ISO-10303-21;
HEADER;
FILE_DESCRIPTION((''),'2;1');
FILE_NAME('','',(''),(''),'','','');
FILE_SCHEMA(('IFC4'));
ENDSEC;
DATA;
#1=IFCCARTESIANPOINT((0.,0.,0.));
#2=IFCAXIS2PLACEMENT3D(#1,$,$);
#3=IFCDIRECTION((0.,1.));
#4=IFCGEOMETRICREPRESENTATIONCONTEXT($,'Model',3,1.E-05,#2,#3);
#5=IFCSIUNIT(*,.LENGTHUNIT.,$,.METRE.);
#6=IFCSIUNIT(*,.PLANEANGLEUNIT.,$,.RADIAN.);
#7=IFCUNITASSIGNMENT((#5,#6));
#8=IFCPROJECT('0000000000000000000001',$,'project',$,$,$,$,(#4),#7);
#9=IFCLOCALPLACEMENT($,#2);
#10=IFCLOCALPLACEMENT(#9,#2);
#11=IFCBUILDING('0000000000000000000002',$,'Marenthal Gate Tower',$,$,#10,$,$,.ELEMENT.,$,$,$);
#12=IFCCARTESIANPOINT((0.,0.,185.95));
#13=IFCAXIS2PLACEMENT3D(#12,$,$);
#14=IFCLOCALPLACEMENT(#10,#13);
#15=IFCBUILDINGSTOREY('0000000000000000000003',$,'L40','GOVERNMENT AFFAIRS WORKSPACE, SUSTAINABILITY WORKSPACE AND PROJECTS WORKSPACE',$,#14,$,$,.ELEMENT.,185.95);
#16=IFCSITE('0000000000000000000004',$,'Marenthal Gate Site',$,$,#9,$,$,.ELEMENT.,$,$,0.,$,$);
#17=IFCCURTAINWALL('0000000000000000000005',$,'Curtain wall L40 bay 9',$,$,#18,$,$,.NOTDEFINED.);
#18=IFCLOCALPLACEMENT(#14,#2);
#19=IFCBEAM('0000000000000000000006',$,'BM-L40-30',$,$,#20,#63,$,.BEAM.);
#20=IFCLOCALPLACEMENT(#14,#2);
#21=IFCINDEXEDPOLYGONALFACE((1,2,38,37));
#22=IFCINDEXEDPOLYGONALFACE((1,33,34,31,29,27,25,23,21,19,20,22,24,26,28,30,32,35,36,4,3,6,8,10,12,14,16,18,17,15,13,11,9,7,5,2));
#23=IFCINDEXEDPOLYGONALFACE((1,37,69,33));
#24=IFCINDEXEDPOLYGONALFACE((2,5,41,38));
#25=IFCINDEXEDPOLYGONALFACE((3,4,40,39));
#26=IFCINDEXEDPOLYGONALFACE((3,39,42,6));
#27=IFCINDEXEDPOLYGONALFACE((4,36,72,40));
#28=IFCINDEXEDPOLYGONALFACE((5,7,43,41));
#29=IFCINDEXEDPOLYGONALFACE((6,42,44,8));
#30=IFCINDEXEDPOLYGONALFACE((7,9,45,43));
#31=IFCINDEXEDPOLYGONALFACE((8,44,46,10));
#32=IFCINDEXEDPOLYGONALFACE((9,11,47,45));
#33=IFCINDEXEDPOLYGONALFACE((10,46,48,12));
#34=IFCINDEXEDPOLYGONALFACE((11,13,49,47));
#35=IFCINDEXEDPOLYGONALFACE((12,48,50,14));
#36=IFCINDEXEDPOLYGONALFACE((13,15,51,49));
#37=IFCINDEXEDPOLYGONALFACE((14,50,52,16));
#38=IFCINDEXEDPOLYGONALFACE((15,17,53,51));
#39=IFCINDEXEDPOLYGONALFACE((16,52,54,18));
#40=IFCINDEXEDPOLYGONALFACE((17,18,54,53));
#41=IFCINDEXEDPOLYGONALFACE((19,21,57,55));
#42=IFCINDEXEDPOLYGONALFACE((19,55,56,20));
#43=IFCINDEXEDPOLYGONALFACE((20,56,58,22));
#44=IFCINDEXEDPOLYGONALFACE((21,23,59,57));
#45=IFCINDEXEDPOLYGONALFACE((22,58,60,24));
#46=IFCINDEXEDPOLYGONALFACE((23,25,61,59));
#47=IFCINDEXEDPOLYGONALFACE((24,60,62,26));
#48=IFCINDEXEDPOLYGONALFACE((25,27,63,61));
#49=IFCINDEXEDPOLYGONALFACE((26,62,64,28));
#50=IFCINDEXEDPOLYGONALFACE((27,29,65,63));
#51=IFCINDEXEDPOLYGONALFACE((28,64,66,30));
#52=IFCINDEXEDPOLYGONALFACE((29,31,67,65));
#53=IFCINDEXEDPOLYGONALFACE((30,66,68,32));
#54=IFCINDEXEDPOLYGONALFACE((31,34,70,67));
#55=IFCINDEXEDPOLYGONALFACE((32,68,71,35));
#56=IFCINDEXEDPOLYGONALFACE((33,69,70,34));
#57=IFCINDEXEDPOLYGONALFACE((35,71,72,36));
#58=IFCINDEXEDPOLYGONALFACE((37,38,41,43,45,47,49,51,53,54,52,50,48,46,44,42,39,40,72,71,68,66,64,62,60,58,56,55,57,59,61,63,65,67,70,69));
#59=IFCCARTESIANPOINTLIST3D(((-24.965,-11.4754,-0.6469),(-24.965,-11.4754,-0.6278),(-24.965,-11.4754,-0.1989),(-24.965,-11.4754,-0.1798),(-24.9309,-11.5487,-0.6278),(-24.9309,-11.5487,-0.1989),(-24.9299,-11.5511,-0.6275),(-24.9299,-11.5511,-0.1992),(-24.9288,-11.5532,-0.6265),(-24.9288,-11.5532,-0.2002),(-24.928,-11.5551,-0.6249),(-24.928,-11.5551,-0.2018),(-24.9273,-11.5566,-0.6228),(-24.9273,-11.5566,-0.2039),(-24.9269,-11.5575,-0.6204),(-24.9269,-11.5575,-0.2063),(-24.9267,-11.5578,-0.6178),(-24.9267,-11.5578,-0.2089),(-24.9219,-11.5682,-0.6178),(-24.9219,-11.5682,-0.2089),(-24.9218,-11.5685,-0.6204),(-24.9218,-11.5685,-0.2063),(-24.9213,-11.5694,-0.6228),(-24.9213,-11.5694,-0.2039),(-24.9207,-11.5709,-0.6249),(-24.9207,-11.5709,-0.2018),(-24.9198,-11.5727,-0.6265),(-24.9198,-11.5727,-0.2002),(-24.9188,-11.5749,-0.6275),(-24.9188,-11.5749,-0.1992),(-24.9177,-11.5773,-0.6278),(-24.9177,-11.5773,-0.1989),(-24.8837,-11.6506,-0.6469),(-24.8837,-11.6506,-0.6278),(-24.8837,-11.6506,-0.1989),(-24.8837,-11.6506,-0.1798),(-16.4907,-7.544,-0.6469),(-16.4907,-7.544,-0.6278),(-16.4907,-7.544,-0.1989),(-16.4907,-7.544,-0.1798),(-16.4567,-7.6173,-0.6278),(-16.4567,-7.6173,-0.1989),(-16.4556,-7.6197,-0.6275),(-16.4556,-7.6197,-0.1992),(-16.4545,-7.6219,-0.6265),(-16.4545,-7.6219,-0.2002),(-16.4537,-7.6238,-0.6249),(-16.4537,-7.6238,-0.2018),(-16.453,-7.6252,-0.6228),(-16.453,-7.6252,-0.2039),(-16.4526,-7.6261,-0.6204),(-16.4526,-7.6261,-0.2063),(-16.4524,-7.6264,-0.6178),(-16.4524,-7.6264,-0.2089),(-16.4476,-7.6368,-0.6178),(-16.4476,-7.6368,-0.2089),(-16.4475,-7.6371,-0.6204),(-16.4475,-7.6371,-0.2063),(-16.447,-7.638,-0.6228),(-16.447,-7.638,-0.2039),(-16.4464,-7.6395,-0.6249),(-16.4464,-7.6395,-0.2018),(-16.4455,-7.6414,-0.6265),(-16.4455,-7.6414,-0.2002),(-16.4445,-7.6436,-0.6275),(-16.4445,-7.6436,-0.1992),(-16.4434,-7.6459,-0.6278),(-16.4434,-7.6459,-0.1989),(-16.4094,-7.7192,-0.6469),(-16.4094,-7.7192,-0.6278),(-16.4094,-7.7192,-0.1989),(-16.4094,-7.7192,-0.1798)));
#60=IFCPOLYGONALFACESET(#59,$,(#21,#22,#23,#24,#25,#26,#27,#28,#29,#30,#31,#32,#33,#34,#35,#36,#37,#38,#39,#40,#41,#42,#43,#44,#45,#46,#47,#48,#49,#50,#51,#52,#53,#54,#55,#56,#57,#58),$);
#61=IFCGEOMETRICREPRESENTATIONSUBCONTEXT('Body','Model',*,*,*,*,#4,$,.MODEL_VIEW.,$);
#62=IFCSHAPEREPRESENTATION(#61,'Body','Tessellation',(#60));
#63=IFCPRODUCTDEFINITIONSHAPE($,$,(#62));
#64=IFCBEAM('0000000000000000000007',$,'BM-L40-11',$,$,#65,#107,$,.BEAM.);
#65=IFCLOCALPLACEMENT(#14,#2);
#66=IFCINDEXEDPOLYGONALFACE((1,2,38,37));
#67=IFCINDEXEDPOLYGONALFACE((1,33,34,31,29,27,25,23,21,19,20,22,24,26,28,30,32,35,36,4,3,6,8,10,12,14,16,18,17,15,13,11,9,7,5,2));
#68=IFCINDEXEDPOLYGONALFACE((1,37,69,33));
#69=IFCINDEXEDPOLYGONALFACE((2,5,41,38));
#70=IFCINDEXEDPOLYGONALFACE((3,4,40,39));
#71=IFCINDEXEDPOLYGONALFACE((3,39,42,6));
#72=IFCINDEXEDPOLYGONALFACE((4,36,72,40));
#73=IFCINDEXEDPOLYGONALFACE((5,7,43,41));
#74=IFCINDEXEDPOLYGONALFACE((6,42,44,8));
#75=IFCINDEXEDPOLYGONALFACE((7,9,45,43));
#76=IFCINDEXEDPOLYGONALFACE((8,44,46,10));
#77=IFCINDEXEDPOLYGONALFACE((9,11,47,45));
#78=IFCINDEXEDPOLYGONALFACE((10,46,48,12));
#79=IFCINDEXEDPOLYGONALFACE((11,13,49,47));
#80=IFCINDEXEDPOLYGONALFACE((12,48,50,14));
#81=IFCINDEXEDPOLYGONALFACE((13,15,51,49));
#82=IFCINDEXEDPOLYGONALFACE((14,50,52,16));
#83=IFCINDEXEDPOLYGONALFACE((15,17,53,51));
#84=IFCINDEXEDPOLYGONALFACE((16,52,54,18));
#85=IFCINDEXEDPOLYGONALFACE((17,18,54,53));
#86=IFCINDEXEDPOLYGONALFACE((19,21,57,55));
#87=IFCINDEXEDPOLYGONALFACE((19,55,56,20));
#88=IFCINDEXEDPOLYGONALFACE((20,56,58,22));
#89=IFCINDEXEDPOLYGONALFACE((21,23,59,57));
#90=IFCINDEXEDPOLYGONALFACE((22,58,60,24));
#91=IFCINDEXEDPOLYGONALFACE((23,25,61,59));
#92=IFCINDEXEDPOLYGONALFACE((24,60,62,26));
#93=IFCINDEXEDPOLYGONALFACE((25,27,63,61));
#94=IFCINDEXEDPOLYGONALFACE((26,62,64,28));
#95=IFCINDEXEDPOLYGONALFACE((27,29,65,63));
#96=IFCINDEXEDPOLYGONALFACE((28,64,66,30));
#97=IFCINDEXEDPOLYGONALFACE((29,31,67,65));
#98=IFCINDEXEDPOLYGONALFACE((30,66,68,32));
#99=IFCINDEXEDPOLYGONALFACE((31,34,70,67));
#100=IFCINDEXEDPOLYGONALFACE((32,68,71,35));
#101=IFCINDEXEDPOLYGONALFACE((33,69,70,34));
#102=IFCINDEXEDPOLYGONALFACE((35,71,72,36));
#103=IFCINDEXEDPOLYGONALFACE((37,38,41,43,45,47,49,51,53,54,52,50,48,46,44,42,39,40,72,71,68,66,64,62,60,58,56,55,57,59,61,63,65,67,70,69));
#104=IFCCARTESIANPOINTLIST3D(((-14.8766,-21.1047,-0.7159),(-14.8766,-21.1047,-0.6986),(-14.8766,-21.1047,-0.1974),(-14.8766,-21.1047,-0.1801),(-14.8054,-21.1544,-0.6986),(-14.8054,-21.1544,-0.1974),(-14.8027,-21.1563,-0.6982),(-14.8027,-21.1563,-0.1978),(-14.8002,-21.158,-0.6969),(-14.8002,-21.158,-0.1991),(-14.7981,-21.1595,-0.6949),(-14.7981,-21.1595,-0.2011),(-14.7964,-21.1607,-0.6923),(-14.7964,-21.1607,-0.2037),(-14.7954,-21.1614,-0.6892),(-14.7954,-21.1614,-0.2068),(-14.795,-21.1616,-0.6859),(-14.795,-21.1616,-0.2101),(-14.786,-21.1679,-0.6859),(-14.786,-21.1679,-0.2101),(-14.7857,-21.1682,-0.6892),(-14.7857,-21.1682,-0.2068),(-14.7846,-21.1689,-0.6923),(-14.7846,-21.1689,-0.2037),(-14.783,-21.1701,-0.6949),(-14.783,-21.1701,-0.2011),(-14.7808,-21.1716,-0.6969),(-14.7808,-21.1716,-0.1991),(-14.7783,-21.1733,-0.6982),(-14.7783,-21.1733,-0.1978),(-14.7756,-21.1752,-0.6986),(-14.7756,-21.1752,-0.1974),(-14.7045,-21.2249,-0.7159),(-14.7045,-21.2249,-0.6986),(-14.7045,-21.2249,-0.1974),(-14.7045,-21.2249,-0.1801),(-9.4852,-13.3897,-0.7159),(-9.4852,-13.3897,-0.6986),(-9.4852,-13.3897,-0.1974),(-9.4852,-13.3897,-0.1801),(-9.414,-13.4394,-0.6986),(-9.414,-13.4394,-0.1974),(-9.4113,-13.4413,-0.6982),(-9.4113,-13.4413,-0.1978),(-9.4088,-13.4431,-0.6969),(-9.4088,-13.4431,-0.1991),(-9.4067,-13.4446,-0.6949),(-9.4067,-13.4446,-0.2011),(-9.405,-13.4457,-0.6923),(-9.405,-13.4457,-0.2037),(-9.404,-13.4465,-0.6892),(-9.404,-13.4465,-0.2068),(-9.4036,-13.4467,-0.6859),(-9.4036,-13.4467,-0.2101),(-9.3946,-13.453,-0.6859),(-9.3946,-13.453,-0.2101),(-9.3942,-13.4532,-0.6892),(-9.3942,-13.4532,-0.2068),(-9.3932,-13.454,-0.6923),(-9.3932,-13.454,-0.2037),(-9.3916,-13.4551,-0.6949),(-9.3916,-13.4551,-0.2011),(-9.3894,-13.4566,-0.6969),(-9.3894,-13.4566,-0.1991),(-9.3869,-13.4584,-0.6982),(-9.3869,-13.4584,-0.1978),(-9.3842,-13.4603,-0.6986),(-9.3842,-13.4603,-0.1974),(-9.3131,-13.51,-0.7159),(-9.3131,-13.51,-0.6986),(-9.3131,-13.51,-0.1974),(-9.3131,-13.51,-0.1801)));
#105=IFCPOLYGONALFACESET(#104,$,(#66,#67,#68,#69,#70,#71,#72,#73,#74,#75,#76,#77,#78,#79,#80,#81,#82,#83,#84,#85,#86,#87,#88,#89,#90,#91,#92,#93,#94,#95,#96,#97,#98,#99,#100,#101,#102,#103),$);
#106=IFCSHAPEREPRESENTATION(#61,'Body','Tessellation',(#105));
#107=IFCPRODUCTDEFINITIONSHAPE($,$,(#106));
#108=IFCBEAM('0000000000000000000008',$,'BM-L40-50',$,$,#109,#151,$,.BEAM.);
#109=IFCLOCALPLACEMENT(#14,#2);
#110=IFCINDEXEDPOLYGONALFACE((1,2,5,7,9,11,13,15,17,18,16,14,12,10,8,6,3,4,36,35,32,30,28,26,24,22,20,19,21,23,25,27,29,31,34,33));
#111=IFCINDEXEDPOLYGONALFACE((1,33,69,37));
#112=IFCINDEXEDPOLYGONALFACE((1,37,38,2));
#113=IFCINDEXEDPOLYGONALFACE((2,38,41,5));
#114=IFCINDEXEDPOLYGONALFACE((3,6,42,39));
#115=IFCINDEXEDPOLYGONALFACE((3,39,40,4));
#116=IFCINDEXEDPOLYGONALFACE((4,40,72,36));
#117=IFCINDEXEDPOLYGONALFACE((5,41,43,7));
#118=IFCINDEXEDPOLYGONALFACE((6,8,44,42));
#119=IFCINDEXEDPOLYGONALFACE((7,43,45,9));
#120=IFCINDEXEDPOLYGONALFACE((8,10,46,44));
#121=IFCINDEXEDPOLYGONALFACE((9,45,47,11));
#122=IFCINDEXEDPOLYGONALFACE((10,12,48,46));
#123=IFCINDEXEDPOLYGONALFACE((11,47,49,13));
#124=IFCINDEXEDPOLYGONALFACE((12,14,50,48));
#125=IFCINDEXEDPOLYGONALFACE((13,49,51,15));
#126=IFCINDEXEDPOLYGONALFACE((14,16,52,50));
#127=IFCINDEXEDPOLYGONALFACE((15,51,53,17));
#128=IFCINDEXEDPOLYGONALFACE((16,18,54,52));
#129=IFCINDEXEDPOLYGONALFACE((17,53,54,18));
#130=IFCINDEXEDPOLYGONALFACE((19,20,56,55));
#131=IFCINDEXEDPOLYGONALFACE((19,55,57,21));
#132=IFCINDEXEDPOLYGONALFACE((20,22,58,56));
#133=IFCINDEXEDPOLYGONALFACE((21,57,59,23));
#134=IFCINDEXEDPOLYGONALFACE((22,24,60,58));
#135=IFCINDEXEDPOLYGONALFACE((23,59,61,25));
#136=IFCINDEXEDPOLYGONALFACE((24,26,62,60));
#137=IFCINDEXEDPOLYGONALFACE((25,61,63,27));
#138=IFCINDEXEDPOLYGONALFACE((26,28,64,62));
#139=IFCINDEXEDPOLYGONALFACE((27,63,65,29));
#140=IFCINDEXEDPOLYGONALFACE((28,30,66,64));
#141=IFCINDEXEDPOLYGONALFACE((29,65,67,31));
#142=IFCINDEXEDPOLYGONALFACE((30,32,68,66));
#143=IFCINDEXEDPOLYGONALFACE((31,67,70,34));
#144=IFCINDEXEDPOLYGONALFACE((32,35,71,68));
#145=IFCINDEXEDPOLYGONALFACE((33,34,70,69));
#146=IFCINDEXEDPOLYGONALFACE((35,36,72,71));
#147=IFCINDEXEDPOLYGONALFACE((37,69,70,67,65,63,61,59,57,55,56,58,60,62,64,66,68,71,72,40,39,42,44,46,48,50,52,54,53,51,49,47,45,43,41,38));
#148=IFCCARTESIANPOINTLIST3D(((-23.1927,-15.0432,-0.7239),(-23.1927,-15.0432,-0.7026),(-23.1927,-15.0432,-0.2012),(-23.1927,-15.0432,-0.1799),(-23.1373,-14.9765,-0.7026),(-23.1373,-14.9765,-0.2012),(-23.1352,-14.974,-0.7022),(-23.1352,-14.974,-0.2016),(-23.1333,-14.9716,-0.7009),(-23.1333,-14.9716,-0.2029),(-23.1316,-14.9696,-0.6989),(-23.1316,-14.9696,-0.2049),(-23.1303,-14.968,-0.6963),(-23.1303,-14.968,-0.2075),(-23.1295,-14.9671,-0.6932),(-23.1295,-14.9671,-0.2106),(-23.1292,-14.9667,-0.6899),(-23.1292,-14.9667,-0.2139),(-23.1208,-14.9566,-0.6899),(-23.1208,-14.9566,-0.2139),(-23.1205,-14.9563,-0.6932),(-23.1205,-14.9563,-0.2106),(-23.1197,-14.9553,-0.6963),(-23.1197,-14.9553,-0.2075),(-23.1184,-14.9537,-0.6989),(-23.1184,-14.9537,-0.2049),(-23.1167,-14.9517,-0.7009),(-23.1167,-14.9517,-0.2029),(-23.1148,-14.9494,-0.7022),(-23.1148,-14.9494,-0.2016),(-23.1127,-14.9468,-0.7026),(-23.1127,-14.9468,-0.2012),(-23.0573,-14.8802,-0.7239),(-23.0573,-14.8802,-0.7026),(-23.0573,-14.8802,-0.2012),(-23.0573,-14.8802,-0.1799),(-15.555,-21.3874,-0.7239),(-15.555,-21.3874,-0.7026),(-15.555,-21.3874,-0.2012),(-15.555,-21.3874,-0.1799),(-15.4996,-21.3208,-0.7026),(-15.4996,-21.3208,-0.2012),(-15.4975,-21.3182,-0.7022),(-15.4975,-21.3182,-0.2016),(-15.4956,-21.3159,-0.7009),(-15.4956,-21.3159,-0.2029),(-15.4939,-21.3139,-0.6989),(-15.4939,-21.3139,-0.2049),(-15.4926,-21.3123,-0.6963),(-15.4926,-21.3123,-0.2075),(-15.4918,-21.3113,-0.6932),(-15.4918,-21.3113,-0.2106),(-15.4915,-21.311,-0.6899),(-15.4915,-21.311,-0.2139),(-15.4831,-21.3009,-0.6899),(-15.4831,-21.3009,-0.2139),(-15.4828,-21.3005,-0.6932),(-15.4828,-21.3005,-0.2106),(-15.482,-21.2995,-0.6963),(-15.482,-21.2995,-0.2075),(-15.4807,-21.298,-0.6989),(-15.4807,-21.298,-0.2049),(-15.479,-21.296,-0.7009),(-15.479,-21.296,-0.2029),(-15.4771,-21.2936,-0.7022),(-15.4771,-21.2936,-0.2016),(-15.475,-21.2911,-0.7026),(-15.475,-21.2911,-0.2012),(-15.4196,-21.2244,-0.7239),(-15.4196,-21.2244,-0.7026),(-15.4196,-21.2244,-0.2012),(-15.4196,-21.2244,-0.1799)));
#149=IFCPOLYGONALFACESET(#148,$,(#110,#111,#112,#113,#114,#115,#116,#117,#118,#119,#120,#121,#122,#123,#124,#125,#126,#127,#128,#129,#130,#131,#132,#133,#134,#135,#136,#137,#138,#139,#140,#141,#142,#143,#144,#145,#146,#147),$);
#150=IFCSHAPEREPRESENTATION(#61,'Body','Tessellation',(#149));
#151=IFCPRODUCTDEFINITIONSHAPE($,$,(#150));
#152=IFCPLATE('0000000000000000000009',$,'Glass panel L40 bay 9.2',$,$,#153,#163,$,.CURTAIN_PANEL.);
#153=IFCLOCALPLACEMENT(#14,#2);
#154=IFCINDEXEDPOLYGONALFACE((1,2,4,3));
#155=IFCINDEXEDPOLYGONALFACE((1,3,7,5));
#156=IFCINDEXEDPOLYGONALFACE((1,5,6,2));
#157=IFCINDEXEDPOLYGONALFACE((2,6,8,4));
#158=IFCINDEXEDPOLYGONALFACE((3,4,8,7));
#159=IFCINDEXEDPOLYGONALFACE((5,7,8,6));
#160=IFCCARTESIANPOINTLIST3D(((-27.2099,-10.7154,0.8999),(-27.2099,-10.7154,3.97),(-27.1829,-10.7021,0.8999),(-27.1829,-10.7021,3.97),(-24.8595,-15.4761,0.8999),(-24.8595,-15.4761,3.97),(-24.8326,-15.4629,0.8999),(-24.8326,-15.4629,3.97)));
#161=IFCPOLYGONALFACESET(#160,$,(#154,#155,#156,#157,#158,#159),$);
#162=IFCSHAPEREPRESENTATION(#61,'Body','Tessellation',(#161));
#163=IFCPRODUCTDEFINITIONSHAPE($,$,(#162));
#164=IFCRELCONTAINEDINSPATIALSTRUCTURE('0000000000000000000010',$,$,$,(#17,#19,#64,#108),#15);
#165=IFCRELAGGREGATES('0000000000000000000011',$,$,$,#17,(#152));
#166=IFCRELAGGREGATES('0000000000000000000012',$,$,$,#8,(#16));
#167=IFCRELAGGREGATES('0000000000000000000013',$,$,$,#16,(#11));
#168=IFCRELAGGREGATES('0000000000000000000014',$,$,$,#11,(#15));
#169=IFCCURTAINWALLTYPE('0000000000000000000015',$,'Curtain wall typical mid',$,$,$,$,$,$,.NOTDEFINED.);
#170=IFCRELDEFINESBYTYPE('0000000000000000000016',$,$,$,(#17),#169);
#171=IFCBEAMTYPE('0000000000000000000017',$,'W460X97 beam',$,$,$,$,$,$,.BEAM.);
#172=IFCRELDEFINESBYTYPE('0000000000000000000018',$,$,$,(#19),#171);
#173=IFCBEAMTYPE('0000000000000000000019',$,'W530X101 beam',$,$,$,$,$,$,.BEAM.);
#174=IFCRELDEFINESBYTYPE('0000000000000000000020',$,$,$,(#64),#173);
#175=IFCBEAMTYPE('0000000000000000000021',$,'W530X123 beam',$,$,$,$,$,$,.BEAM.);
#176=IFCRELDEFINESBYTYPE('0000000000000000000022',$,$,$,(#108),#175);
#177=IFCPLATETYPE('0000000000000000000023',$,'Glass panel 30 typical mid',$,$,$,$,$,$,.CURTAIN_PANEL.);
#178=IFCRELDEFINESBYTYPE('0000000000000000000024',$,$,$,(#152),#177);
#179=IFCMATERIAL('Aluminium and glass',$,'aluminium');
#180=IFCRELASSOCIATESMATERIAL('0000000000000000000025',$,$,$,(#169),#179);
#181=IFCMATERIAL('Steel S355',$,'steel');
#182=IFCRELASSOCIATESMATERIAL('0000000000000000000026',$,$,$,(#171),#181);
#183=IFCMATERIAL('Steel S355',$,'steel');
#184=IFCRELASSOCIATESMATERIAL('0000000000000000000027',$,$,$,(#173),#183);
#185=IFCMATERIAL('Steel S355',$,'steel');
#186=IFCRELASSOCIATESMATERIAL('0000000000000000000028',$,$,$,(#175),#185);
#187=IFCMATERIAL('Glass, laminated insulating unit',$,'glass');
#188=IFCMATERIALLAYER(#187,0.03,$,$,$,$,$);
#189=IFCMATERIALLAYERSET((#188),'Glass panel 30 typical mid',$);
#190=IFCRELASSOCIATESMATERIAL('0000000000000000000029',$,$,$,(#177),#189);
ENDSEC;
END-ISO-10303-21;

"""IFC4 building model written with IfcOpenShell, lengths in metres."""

from ifc_helpers import new_model, si_unit, direction, frame, origin, origin_2d, place, context, subcontext, project, spatial, rectangle, i_section, extrude, material, layer, layer_set, material_profile, profile_set, type_object, element, aggregate, save


model = new_model("IFC4")

# Units and contexts
model_context = context("Model", 3, precision=1e-05, world=origin(), true_north=direction((0.0, 1.0)))
body_context = subcontext(model_context, "Body", "Model", "MODEL_VIEW")
ifc_project = project(units=[si_unit("LENGTHUNIT", "METRE"), si_unit("PLANEANGLEUNIT", "RADIAN")], contexts=[model_context])

# Site, building, storey
site_placement = place(None, origin())
site = spatial("IfcSite", under=ifc_project, at=site_placement, Name="Marenthal Gate Site", CompositionType="ELEMENT", RefElevation=0.0)
building_placement = place(site_placement, origin())
building = spatial("IfcBuilding", under=site, at=building_placement, Name="Marenthal Gate Tower", CompositionType="ELEMENT")
storey_placement = place(building_placement, frame((0.0, 0.0, 185.95)))
storey = spatial("IfcBuildingStorey", under=building, at=storey_placement, Name="L40", Description="GOVERNMENT AFFAIRS WORKSPACE, SUSTAINABILITY WORKSPACE AND PROJECTS WORKSPACE", CompositionType="ELEMENT", Elevation=185.95)

# Curtain wall
ifc_material_1 = material(Name="Aluminium and glass", Category="aluminium")
curtain_wall_type = type_object("IfcCurtainWallType", Name="Curtain wall typical mid", PredefinedType="NOTDEFINED", material=ifc_material_1)
curtain_wall_1_placement = place(storey_placement, origin())
curtain_wall_1 = element("IfcCurtainWall", 1, at=curtain_wall_1_placement, inside=storey, type_object=curtain_wall_type, Name="Curtain wall L40 bay 9", PredefinedType="NOTDEFINED")

# Beams
ifc_material_2 = material(Name="Steel S355", Category="steel")
ifc_material_profile_1 = material_profile(ifc_material_2, i_section(OverallWidth=0.1931, OverallDepth=0.467, WebThickness=0.0115, FlangeThickness=0.019, FilletRadius=0.01, at=origin_2d()), Name="W460X97")
ifc_profile_set_1 = profile_set([ifc_material_profile_1], Name="Steel S355")
beam_type_1 = type_object("IfcBeamType", Name="W460X97 beam", PredefinedType="BEAM", material=ifc_profile_set_1)
beam_1_placement = place(storey_placement, frame((-24.9243, -11.563, -0.4133), z_axis=(0.907137, 0.420836, 0.0), x_axis=(-0.420836, 0.907137, 0.0)))
element("IfcBeam", 2, at=beam_1_placement, inside=storey, type_object=beam_type_1, Name="BM-L40-30", PredefinedType="BEAM", context=body_context, shape_type="SweptSolid", body=[
    extrude(i_section(OverallWidth=0.1931, OverallDepth=0.467, WebThickness=0.0115, FlangeThickness=0.019, FilletRadius=0.01, at=origin_2d()), origin(), (0.0, 0.0, 1.0), 9.3418),
])
ifc_material_3 = material(Name="Steel S355", Category="steel")
ifc_material_profile_2 = material_profile(ifc_material_3, i_section(OverallWidth=0.21, OverallDepth=0.5359, WebThickness=0.011, FlangeThickness=0.0173, FilletRadius=0.0127, at=origin_2d()), Name="W530X101")
ifc_profile_set_2 = profile_set([ifc_material_profile_2], Name="Steel S355")
beam_type_2 = type_object("IfcBeamType", Name="W530X101 beam", PredefinedType="BEAM", material=ifc_profile_set_2)
beam_2_placement = place(storey_placement, frame((-14.7905, -21.1648, -0.448), z_axis=(0.572818, 0.819683, 0.0), x_axis=(-0.819683, 0.572818, 0.0)))
element("IfcBeam", 3, at=beam_2_placement, inside=storey, type_object=beam_type_2, Name="BM-L40-11", PredefinedType="BEAM", context=body_context, shape_type="SweptSolid", body=[
    extrude(i_section(OverallWidth=0.21, OverallDepth=0.5359, WebThickness=0.011, FlangeThickness=0.0173, FilletRadius=0.0127, at=origin_2d()), origin(), (0.0, 0.0, 1.0), 9.4121),
])
ifc_material_4 = material(Name="Steel S355", Category="steel")
ifc_material_profile_3 = material_profile(ifc_material_4, i_section(OverallWidth=0.2119, OverallDepth=0.5439, WebThickness=0.0132, FlangeThickness=0.0212, FilletRadius=0.0127, at=origin_2d()), Name="W530X123")
ifc_profile_set_3 = profile_set([ifc_material_profile_3], Name="Steel S355")
beam_type_3 = type_object("IfcBeamType", Name="W530X123 beam", PredefinedType="BEAM", material=ifc_profile_set_3)
beam_3_placement = place(storey_placement, frame((-23.125, -14.9617, -0.4519), z_axis=(0.769236, -0.638965, 0.0), x_axis=(0.638965, 0.769236, 0.0)))
element("IfcBeam", 4, at=beam_3_placement, inside=storey, type_object=beam_type_3, Name="BM-L40-50", PredefinedType="BEAM", context=body_context, shape_type="SweptSolid", body=[
    extrude(i_section(OverallWidth=0.2119, OverallDepth=0.5439, WebThickness=0.0132, FlangeThickness=0.0212, FilletRadius=0.0127, at=origin_2d()), origin(), (0.0, 0.0, 1.0), 9.929),
])

# Plate
ifc_material_5 = material(Name="Glass, laminated insulating unit", Category="glass")
ifc_layer_1 = layer(ifc_material_5, 0.03)
ifc_layer_set_1 = layer_set([ifc_layer_1], Name="Glass panel 30 typical mid")
plate_type = type_object("IfcPlateType", Name="Glass panel 30 typical mid", PredefinedType="CURTAIN_PANEL", material=ifc_layer_set_1)
plate_placement = place(storey_placement, frame((-26.0212, -13.0891, 0.8999), z_axis=(0.0, 0.0, 1.0), x_axis=(0.442678, -0.896681, 0.0)))
plate = element("IfcPlate", 5, at=plate_placement, type_object=plate_type, Name="Glass panel L40 bay 9.2", PredefinedType="CURTAIN_PANEL", context=body_context, shape_type="SweptSolid", body=[
    extrude(rectangle(XDim=5.3093, YDim=0.03, at=origin_2d()), origin(), (0.0, 0.0, 1.0), 3.0701),
])
aggregate(curtain_wall_1, [plate])

save(model, "model.ifc")
